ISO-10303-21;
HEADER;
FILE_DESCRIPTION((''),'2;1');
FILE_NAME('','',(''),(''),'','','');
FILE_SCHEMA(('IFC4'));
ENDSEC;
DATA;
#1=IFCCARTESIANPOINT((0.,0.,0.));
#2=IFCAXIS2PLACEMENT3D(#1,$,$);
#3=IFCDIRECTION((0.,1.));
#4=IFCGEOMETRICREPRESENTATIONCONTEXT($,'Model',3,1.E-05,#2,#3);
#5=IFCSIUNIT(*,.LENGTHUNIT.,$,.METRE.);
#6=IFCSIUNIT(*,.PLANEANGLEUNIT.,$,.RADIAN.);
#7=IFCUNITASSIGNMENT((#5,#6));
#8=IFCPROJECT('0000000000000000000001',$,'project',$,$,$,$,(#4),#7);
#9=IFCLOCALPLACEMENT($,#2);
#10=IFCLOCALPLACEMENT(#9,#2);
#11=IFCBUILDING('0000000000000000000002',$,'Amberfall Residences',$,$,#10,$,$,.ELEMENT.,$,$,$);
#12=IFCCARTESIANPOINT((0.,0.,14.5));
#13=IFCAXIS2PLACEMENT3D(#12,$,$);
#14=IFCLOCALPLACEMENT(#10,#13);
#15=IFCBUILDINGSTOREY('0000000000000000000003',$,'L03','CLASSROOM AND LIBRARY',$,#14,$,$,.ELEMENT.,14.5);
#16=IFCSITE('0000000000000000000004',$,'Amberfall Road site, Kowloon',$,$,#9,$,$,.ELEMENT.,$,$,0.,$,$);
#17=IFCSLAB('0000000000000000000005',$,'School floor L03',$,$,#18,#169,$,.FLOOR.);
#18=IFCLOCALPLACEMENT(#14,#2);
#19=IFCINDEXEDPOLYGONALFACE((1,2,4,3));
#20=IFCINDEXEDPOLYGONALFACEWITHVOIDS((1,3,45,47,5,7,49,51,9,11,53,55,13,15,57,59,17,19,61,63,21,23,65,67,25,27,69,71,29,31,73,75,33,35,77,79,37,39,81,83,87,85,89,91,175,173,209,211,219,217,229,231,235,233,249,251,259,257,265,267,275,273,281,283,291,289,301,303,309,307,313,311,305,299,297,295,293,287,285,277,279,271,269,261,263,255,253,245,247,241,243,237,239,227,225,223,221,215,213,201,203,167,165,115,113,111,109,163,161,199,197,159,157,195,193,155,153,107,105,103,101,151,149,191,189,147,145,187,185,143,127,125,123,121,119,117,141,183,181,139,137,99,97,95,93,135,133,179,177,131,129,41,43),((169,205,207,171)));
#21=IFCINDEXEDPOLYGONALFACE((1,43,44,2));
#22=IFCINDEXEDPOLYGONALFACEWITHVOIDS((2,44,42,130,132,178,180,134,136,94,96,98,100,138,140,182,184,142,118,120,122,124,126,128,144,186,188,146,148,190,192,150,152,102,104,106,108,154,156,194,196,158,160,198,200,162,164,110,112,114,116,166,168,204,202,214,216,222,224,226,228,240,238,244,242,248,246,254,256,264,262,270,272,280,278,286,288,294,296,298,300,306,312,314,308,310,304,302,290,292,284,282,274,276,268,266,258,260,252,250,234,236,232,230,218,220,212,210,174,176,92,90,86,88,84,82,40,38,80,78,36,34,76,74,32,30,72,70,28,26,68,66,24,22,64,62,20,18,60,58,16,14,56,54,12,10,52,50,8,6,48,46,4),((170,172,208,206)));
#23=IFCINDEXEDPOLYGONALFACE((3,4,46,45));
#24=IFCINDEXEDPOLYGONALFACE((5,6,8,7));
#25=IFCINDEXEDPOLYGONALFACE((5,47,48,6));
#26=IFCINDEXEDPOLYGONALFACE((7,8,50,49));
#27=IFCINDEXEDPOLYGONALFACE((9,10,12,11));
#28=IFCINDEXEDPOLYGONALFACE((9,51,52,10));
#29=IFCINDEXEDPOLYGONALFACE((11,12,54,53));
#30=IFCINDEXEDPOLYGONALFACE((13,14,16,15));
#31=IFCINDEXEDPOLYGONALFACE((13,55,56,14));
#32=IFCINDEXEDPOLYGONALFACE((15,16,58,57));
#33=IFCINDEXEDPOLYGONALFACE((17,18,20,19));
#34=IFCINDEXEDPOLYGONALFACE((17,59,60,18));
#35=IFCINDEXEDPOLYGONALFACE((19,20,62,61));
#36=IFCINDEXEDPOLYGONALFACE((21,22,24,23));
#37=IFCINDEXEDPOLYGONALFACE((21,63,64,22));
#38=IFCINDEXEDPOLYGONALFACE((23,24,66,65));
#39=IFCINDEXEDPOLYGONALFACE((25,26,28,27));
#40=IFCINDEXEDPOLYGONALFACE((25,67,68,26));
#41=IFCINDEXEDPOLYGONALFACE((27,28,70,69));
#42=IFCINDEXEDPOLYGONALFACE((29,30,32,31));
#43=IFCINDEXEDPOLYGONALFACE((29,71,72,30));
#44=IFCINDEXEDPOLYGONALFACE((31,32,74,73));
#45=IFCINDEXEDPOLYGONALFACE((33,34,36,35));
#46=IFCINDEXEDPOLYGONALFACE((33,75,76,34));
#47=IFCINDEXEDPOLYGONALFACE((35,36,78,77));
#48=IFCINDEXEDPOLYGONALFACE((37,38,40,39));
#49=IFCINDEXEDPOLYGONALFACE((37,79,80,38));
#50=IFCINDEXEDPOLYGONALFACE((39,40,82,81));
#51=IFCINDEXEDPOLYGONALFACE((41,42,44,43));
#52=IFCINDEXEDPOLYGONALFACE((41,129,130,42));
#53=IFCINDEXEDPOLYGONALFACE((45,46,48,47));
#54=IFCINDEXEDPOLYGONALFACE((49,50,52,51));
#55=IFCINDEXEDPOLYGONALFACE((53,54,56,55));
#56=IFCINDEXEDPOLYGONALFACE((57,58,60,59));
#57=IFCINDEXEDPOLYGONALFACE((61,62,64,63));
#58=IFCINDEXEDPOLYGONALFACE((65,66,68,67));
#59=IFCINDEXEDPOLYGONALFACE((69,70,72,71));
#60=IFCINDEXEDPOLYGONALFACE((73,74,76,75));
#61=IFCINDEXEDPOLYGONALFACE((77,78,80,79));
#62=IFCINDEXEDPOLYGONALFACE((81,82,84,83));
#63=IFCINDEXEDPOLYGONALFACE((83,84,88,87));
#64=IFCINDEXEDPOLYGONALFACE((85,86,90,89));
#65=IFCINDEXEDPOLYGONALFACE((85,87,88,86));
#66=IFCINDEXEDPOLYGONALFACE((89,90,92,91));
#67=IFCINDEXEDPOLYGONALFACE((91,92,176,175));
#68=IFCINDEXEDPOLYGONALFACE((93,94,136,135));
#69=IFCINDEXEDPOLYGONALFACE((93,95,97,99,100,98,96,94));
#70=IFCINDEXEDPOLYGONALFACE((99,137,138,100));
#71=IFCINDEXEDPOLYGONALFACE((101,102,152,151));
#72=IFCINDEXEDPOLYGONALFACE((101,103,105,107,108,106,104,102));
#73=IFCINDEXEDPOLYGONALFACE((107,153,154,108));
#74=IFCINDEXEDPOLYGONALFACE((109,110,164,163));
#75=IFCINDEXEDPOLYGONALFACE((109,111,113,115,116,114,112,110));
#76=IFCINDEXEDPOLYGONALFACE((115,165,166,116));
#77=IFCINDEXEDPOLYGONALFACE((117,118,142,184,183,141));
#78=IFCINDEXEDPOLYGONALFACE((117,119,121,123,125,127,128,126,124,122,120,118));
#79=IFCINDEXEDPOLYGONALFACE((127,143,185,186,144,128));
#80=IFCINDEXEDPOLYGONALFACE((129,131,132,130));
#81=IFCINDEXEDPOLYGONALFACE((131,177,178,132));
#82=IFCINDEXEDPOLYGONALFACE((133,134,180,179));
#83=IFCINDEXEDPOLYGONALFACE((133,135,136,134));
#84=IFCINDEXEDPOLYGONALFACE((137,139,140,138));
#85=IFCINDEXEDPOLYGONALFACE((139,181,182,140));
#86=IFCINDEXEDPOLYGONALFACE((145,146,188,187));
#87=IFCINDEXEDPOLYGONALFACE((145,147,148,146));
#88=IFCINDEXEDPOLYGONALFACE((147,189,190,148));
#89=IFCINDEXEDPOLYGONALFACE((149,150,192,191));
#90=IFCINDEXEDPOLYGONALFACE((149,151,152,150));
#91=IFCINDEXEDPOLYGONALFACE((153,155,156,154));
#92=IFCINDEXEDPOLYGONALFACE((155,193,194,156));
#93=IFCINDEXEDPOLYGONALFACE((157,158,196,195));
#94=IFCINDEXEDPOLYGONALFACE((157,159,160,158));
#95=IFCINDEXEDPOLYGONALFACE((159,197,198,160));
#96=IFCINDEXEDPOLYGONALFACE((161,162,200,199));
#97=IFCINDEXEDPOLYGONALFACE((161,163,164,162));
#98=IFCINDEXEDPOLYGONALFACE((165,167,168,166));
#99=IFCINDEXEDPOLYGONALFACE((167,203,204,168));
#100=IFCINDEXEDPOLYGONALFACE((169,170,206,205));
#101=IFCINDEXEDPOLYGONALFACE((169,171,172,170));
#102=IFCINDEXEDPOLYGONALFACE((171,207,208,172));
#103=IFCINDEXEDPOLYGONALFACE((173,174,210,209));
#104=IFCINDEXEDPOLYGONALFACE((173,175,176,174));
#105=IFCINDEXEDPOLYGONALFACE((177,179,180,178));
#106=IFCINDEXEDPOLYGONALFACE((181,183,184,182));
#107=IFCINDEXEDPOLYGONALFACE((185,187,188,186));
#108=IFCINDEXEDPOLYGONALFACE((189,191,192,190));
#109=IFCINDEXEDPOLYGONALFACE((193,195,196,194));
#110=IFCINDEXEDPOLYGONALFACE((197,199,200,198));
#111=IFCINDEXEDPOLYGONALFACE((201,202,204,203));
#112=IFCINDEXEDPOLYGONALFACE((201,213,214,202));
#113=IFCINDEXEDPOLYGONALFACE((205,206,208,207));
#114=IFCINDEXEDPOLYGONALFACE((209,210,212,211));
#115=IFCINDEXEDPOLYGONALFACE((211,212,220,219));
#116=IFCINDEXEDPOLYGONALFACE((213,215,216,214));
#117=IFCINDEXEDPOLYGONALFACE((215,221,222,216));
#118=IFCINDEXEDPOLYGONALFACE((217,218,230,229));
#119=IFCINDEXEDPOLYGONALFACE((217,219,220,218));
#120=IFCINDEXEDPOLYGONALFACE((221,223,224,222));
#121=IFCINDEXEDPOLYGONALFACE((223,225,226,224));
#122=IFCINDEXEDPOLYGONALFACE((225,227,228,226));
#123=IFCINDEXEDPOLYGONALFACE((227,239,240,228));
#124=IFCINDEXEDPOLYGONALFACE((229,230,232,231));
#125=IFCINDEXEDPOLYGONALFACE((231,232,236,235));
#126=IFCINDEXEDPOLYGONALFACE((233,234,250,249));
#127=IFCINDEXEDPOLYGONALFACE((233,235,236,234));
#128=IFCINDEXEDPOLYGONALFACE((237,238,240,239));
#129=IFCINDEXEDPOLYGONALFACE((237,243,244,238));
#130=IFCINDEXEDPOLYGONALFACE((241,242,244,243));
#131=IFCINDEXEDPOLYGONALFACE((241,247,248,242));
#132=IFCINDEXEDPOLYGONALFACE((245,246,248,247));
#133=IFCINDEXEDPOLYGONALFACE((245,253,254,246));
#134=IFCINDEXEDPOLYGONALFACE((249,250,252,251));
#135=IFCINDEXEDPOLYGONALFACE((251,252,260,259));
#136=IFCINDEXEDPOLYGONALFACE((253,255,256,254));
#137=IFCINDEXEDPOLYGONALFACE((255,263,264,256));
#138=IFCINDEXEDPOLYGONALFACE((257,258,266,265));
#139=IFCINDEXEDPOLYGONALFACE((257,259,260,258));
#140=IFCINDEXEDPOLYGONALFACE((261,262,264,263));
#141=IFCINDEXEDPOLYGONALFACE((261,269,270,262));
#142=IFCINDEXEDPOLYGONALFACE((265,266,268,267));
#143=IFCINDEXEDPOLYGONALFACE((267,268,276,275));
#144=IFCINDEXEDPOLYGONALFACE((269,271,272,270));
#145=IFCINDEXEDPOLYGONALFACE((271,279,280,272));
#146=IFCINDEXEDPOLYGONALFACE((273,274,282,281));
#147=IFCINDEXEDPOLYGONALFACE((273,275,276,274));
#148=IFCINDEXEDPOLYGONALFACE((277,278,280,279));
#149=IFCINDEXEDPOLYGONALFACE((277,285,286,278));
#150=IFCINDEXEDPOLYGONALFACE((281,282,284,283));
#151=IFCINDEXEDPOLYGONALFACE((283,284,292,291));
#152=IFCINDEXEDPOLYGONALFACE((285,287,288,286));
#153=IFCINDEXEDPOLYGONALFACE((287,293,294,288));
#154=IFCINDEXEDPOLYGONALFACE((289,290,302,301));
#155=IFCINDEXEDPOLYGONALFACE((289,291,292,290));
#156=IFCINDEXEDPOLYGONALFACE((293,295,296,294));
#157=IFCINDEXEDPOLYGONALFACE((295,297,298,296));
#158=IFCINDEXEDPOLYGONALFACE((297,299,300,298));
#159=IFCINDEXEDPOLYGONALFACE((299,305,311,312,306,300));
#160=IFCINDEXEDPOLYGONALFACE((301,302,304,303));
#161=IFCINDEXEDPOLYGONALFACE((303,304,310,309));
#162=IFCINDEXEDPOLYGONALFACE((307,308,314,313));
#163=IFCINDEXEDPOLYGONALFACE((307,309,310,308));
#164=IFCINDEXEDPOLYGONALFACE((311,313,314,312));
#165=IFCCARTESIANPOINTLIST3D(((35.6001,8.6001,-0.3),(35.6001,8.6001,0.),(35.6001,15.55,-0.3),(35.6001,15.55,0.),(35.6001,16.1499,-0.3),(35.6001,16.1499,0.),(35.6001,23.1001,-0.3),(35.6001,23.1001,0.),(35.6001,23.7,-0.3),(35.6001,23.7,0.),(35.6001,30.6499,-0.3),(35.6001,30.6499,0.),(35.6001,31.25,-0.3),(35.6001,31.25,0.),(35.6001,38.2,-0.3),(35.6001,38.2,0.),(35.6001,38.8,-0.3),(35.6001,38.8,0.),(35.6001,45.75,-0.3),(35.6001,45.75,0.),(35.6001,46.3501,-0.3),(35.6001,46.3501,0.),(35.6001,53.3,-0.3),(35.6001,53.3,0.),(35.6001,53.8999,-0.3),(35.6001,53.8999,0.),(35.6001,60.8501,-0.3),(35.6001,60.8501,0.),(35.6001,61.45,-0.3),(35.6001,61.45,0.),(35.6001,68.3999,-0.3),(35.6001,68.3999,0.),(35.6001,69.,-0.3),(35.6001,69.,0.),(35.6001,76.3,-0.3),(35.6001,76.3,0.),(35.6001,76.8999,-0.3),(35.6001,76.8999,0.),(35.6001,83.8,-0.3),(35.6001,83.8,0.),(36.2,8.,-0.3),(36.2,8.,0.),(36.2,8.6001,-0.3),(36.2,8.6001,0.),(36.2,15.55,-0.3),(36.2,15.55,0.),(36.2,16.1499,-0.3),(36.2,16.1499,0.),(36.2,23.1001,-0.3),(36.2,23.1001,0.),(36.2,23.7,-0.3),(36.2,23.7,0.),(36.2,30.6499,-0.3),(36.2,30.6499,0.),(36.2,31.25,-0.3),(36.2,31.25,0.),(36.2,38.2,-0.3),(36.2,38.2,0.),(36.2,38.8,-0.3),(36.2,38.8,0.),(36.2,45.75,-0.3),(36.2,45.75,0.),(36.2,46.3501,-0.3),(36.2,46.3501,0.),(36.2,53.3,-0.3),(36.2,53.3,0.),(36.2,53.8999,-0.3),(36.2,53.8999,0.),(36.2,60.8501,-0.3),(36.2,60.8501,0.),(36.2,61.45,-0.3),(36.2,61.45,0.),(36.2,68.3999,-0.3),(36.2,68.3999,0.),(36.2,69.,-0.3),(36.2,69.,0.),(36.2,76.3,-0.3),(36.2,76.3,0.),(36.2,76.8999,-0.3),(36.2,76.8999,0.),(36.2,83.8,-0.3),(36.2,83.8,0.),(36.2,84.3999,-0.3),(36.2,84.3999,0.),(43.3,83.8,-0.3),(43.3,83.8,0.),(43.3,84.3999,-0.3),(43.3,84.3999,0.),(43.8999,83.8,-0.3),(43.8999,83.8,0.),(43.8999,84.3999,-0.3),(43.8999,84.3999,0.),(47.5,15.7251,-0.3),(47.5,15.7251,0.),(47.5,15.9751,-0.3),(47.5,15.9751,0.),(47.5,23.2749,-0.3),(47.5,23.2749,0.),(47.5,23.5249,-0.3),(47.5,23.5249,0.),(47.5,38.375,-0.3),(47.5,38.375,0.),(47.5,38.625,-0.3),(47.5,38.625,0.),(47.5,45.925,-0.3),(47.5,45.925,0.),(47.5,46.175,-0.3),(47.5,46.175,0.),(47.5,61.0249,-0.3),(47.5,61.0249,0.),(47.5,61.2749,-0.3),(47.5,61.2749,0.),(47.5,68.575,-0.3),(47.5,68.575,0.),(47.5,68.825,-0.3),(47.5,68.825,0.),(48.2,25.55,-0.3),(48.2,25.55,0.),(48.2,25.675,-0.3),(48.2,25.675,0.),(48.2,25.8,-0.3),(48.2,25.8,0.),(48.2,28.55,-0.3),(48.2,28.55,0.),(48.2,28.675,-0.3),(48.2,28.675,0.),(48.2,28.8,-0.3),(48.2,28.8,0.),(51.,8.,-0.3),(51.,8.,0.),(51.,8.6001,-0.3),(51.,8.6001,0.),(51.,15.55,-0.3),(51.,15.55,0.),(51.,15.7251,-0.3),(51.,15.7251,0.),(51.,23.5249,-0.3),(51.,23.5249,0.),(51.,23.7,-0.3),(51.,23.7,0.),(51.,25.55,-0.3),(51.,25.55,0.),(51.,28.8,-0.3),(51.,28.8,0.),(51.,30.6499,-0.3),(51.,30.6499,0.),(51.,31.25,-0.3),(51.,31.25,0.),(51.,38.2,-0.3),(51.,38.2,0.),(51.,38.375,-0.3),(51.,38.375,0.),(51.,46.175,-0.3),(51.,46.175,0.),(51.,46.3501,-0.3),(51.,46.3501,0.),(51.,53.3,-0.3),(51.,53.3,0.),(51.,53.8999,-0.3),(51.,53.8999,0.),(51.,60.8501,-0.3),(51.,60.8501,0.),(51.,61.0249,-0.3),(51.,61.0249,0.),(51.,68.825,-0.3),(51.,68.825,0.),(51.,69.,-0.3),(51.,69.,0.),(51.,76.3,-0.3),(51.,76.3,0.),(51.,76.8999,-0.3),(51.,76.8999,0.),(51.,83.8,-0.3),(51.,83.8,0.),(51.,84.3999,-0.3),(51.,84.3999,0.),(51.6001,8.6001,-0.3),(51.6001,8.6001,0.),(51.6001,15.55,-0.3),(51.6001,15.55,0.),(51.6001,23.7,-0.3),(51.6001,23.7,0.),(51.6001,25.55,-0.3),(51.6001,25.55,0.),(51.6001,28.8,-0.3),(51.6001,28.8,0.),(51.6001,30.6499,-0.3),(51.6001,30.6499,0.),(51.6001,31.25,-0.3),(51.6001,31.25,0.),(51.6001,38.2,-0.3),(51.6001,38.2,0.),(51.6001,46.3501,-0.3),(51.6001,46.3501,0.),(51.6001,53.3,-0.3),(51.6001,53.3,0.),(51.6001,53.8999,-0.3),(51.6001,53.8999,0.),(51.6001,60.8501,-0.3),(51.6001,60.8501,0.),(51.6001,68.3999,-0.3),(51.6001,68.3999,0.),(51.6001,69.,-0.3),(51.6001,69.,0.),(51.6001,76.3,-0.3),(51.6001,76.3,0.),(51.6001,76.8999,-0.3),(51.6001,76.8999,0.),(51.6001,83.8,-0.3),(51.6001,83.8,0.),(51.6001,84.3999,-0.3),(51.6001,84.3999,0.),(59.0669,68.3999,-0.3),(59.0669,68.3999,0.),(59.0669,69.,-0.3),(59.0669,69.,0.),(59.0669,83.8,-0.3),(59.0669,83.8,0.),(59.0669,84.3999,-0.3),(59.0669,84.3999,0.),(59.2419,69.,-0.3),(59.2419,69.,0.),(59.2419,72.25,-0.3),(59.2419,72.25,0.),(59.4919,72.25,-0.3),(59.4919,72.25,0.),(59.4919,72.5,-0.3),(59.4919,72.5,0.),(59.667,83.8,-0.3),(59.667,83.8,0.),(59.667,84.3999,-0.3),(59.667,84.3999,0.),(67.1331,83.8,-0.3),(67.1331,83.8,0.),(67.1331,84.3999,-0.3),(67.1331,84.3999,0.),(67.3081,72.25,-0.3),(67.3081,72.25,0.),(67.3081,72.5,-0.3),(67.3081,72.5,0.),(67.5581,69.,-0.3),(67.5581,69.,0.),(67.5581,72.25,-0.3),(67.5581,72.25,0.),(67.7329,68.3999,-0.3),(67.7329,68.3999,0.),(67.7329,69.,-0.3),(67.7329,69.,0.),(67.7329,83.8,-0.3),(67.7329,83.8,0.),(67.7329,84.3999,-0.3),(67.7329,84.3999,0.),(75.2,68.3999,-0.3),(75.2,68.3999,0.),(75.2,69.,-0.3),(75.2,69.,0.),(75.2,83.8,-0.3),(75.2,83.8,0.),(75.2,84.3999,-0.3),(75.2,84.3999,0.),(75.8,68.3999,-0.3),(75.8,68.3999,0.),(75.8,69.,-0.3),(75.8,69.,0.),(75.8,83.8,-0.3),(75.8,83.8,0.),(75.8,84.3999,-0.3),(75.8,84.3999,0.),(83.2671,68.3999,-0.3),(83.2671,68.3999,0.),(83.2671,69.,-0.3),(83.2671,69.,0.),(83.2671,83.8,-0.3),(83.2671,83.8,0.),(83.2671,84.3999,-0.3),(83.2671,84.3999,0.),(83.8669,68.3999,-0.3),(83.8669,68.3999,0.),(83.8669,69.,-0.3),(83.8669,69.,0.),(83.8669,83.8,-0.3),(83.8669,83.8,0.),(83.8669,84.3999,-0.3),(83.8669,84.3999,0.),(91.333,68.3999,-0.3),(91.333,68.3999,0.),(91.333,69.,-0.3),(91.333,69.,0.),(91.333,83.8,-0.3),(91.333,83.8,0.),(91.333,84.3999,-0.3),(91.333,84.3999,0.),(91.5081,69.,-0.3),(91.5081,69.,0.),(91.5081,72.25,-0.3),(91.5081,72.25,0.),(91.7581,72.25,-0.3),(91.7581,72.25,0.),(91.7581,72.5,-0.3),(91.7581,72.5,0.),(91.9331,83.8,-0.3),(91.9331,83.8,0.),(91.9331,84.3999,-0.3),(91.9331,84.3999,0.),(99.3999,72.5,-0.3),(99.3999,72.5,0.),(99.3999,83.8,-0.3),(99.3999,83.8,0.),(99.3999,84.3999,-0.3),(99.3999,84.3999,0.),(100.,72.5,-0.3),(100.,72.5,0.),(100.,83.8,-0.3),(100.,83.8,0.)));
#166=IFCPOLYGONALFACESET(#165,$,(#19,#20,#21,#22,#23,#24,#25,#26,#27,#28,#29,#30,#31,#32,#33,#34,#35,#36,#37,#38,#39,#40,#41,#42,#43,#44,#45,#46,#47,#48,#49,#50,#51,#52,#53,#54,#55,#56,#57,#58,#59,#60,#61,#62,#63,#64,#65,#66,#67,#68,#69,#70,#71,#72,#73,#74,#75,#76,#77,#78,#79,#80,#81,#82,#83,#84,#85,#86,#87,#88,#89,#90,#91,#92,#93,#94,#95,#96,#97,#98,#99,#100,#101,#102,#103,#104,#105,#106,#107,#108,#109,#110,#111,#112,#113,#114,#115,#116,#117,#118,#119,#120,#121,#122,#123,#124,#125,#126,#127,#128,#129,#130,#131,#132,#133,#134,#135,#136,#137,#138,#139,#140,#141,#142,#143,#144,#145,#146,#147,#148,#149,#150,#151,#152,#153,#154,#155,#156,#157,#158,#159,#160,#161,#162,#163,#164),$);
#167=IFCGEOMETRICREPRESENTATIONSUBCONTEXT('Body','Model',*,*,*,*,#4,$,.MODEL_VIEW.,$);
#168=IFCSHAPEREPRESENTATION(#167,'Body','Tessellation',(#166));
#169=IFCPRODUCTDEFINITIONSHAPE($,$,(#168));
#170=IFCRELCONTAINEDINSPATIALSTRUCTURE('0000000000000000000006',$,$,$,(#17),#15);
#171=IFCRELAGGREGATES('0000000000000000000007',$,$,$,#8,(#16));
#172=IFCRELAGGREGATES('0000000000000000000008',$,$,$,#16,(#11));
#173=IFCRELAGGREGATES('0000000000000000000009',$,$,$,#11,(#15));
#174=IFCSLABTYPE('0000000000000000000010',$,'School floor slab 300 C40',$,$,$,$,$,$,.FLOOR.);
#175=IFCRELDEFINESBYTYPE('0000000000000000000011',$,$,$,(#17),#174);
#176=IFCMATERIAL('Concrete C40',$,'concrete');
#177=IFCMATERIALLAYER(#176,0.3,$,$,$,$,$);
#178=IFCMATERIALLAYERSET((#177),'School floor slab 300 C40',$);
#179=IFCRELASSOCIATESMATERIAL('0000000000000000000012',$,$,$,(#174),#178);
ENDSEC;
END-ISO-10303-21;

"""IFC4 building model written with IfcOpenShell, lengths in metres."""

from ifc_helpers import new_model, si_unit, direction, frame, origin, place, context, subcontext, project, spatial, polyline, outline, extrude, material, layer, layer_set, type_object, element, save


model = new_model("IFC4")

# Units and contexts
model_context = context("Model", 3, precision=1e-05, world=origin(), true_north=direction((0.0, 1.0)))
body_context = subcontext(model_context, "Body", "Model", "MODEL_VIEW")
ifc_project = project(units=[si_unit("LENGTHUNIT", "METRE"), si_unit("PLANEANGLEUNIT", "RADIAN")], contexts=[model_context])

# Site, building, storey
site_placement = place(None, origin())
site = spatial("IfcSite", under=ifc_project, at=site_placement, Name="Amberfall Road site, Kowloon", CompositionType="ELEMENT", RefElevation=0.0)
building_placement = place(site_placement, origin())
building = spatial("IfcBuilding", under=site, at=building_placement, Name="Amberfall Residences", CompositionType="ELEMENT")
storey_placement = place(building_placement, frame((0.0, 0.0, 14.5)))
storey = spatial("IfcBuildingStorey", under=building, at=storey_placement, Name="L03", Description="CLASSROOM AND LIBRARY", CompositionType="ELEMENT", Elevation=14.5)

# Slab
ifc_material_1 = material(Name="Concrete C40", Category="concrete")
ifc_layer_1 = layer(ifc_material_1, 0.3)
ifc_layer_set_1 = layer_set([ifc_layer_1], Name="School floor slab 300 C40")
slab_type_1 = type_object("IfcSlabType", Name="School floor slab 300 C40", PredefinedType="FLOOR", material=ifc_layer_set_1)
slab_1_placement = place(storey_placement, frame((0.0, 0.0, -0.3)))
element("IfcSlab", 1, at=slab_1_placement, inside=storey, type_object=slab_type_1, Name="School floor L03", PredefinedType="FLOOR", context=body_context, shape_type="SweptSolid", body=[
    extrude(outline(polyline([(36.2, 8.6001), (36.2, 8.0), (51.0, 8.0), (51.0, 8.6001), (51.6001, 8.6001), (51.6001, 15.55), (51.0, 15.55), (51.0, 15.7251), (47.5, 15.7251), (47.5, 15.9751), (47.5, 23.2749), (47.5, 23.5249), (51.0, 23.5249), (51.0, 23.7), (51.6001, 23.7), (51.6001, 25.55), (51.0, 25.55), (48.2, 25.55), (48.2, 25.675), (48.2, 25.8), (48.2, 28.55), (48.2, 28.675), (48.2, 28.8), (51.0, 28.8), (51.6001, 28.8), (51.6001, 30.6499), (51.0, 30.6499), (51.0, 31.25), (51.6001, 31.25), (51.6001, 38.2), (51.0, 38.2), (51.0, 38.375), (47.5, 38.375), (47.5, 38.625), (47.5, 45.925), (47.5, 46.175), (51.0, 46.175), (51.0, 46.3501), (51.6001, 46.3501), (51.6001, 53.3), (51.0, 53.3), (51.0, 53.8999), (51.6001, 53.8999), (51.6001, 60.8501), (51.0, 60.8501), (51.0, 61.0249), (47.5, 61.0249), (47.5, 61.2749), (47.5, 68.575), (47.5, 68.825), (51.0, 68.825), (51.0, 69.0), (51.6001, 69.0), (51.6001, 68.3999), (59.0669, 68.3999), (59.0669, 69.0), (59.2419, 69.0), (59.2419, 72.25), (59.4919, 72.25), (59.4919, 72.5), (67.3081, 72.5), (67.3081, 72.25), (67.5581, 72.25), (67.5581, 69.0), (67.7329, 69.0), (67.7329, 68.3999), (75.2, 68.3999), (75.2, 69.0), (75.8, 69.0), (75.8, 68.3999), (83.2671, 68.3999), (83.2671, 69.0), (83.8669, 69.0), (83.8669, 68.3999), (91.333, 68.3999), (91.333, 69.0), (91.5081, 69.0), (91.5081, 72.25), (91.7581, 72.25), (91.7581, 72.5), (99.3999, 72.5), (100.0, 72.5), (100.0, 83.8), (99.3999, 83.8), (99.3999, 84.3999), (91.9331, 84.3999), (91.9331, 83.8), (91.333, 83.8), (91.333, 84.3999), (83.8669, 84.3999), (83.8669, 83.8), (83.2671, 83.8), (83.2671, 84.3999), (75.8, 84.3999), (75.8, 83.8), (75.2, 83.8), (75.2, 84.3999), (67.7329, 84.3999), (67.7329, 83.8), (67.1331, 83.8), (67.1331, 84.3999), (59.667, 84.3999), (59.667, 83.8), (59.0669, 83.8), (59.0669, 84.3999), (51.6001, 84.3999), (51.6001, 83.8), (51.0, 83.8), (51.0, 84.3999), (43.8999, 84.3999), (43.8999, 83.8), (43.3, 83.8), (43.3, 84.3999), (36.2, 84.3999), (36.2, 83.8), (35.6001, 83.8), (35.6001, 76.8999), (36.2, 76.8999), (36.2, 76.3), (35.6001, 76.3), (35.6001, 69.0), (36.2, 69.0), (36.2, 68.3999), (35.6001, 68.3999), (35.6001, 61.45), (36.2, 61.45), (36.2, 60.8501), (35.6001, 60.8501), (35.6001, 53.8999), (36.2, 53.8999), (36.2, 53.3), (35.6001, 53.3), (35.6001, 46.3501), (36.2, 46.3501), (36.2, 45.75), (35.6001, 45.75), (35.6001, 38.8), (36.2, 38.8), (36.2, 38.2), (35.6001, 38.2), (35.6001, 31.25), (36.2, 31.25), (36.2, 30.6499), (35.6001, 30.6499), (35.6001, 23.7), (36.2, 23.7), (36.2, 23.1001), (35.6001, 23.1001), (35.6001, 16.1499), (36.2, 16.1499), (36.2, 15.55), (35.6001, 15.55), (35.6001, 8.6001), (36.2, 8.6001)]), holes=[polyline([(51.0, 76.3), (51.0, 76.8999), (51.6001, 76.8999), (51.6001, 76.3), (51.0, 76.3)])]), origin(), (0.0, 0.0, 1.0), 0.3),
])

save(model, "model.ifc")
